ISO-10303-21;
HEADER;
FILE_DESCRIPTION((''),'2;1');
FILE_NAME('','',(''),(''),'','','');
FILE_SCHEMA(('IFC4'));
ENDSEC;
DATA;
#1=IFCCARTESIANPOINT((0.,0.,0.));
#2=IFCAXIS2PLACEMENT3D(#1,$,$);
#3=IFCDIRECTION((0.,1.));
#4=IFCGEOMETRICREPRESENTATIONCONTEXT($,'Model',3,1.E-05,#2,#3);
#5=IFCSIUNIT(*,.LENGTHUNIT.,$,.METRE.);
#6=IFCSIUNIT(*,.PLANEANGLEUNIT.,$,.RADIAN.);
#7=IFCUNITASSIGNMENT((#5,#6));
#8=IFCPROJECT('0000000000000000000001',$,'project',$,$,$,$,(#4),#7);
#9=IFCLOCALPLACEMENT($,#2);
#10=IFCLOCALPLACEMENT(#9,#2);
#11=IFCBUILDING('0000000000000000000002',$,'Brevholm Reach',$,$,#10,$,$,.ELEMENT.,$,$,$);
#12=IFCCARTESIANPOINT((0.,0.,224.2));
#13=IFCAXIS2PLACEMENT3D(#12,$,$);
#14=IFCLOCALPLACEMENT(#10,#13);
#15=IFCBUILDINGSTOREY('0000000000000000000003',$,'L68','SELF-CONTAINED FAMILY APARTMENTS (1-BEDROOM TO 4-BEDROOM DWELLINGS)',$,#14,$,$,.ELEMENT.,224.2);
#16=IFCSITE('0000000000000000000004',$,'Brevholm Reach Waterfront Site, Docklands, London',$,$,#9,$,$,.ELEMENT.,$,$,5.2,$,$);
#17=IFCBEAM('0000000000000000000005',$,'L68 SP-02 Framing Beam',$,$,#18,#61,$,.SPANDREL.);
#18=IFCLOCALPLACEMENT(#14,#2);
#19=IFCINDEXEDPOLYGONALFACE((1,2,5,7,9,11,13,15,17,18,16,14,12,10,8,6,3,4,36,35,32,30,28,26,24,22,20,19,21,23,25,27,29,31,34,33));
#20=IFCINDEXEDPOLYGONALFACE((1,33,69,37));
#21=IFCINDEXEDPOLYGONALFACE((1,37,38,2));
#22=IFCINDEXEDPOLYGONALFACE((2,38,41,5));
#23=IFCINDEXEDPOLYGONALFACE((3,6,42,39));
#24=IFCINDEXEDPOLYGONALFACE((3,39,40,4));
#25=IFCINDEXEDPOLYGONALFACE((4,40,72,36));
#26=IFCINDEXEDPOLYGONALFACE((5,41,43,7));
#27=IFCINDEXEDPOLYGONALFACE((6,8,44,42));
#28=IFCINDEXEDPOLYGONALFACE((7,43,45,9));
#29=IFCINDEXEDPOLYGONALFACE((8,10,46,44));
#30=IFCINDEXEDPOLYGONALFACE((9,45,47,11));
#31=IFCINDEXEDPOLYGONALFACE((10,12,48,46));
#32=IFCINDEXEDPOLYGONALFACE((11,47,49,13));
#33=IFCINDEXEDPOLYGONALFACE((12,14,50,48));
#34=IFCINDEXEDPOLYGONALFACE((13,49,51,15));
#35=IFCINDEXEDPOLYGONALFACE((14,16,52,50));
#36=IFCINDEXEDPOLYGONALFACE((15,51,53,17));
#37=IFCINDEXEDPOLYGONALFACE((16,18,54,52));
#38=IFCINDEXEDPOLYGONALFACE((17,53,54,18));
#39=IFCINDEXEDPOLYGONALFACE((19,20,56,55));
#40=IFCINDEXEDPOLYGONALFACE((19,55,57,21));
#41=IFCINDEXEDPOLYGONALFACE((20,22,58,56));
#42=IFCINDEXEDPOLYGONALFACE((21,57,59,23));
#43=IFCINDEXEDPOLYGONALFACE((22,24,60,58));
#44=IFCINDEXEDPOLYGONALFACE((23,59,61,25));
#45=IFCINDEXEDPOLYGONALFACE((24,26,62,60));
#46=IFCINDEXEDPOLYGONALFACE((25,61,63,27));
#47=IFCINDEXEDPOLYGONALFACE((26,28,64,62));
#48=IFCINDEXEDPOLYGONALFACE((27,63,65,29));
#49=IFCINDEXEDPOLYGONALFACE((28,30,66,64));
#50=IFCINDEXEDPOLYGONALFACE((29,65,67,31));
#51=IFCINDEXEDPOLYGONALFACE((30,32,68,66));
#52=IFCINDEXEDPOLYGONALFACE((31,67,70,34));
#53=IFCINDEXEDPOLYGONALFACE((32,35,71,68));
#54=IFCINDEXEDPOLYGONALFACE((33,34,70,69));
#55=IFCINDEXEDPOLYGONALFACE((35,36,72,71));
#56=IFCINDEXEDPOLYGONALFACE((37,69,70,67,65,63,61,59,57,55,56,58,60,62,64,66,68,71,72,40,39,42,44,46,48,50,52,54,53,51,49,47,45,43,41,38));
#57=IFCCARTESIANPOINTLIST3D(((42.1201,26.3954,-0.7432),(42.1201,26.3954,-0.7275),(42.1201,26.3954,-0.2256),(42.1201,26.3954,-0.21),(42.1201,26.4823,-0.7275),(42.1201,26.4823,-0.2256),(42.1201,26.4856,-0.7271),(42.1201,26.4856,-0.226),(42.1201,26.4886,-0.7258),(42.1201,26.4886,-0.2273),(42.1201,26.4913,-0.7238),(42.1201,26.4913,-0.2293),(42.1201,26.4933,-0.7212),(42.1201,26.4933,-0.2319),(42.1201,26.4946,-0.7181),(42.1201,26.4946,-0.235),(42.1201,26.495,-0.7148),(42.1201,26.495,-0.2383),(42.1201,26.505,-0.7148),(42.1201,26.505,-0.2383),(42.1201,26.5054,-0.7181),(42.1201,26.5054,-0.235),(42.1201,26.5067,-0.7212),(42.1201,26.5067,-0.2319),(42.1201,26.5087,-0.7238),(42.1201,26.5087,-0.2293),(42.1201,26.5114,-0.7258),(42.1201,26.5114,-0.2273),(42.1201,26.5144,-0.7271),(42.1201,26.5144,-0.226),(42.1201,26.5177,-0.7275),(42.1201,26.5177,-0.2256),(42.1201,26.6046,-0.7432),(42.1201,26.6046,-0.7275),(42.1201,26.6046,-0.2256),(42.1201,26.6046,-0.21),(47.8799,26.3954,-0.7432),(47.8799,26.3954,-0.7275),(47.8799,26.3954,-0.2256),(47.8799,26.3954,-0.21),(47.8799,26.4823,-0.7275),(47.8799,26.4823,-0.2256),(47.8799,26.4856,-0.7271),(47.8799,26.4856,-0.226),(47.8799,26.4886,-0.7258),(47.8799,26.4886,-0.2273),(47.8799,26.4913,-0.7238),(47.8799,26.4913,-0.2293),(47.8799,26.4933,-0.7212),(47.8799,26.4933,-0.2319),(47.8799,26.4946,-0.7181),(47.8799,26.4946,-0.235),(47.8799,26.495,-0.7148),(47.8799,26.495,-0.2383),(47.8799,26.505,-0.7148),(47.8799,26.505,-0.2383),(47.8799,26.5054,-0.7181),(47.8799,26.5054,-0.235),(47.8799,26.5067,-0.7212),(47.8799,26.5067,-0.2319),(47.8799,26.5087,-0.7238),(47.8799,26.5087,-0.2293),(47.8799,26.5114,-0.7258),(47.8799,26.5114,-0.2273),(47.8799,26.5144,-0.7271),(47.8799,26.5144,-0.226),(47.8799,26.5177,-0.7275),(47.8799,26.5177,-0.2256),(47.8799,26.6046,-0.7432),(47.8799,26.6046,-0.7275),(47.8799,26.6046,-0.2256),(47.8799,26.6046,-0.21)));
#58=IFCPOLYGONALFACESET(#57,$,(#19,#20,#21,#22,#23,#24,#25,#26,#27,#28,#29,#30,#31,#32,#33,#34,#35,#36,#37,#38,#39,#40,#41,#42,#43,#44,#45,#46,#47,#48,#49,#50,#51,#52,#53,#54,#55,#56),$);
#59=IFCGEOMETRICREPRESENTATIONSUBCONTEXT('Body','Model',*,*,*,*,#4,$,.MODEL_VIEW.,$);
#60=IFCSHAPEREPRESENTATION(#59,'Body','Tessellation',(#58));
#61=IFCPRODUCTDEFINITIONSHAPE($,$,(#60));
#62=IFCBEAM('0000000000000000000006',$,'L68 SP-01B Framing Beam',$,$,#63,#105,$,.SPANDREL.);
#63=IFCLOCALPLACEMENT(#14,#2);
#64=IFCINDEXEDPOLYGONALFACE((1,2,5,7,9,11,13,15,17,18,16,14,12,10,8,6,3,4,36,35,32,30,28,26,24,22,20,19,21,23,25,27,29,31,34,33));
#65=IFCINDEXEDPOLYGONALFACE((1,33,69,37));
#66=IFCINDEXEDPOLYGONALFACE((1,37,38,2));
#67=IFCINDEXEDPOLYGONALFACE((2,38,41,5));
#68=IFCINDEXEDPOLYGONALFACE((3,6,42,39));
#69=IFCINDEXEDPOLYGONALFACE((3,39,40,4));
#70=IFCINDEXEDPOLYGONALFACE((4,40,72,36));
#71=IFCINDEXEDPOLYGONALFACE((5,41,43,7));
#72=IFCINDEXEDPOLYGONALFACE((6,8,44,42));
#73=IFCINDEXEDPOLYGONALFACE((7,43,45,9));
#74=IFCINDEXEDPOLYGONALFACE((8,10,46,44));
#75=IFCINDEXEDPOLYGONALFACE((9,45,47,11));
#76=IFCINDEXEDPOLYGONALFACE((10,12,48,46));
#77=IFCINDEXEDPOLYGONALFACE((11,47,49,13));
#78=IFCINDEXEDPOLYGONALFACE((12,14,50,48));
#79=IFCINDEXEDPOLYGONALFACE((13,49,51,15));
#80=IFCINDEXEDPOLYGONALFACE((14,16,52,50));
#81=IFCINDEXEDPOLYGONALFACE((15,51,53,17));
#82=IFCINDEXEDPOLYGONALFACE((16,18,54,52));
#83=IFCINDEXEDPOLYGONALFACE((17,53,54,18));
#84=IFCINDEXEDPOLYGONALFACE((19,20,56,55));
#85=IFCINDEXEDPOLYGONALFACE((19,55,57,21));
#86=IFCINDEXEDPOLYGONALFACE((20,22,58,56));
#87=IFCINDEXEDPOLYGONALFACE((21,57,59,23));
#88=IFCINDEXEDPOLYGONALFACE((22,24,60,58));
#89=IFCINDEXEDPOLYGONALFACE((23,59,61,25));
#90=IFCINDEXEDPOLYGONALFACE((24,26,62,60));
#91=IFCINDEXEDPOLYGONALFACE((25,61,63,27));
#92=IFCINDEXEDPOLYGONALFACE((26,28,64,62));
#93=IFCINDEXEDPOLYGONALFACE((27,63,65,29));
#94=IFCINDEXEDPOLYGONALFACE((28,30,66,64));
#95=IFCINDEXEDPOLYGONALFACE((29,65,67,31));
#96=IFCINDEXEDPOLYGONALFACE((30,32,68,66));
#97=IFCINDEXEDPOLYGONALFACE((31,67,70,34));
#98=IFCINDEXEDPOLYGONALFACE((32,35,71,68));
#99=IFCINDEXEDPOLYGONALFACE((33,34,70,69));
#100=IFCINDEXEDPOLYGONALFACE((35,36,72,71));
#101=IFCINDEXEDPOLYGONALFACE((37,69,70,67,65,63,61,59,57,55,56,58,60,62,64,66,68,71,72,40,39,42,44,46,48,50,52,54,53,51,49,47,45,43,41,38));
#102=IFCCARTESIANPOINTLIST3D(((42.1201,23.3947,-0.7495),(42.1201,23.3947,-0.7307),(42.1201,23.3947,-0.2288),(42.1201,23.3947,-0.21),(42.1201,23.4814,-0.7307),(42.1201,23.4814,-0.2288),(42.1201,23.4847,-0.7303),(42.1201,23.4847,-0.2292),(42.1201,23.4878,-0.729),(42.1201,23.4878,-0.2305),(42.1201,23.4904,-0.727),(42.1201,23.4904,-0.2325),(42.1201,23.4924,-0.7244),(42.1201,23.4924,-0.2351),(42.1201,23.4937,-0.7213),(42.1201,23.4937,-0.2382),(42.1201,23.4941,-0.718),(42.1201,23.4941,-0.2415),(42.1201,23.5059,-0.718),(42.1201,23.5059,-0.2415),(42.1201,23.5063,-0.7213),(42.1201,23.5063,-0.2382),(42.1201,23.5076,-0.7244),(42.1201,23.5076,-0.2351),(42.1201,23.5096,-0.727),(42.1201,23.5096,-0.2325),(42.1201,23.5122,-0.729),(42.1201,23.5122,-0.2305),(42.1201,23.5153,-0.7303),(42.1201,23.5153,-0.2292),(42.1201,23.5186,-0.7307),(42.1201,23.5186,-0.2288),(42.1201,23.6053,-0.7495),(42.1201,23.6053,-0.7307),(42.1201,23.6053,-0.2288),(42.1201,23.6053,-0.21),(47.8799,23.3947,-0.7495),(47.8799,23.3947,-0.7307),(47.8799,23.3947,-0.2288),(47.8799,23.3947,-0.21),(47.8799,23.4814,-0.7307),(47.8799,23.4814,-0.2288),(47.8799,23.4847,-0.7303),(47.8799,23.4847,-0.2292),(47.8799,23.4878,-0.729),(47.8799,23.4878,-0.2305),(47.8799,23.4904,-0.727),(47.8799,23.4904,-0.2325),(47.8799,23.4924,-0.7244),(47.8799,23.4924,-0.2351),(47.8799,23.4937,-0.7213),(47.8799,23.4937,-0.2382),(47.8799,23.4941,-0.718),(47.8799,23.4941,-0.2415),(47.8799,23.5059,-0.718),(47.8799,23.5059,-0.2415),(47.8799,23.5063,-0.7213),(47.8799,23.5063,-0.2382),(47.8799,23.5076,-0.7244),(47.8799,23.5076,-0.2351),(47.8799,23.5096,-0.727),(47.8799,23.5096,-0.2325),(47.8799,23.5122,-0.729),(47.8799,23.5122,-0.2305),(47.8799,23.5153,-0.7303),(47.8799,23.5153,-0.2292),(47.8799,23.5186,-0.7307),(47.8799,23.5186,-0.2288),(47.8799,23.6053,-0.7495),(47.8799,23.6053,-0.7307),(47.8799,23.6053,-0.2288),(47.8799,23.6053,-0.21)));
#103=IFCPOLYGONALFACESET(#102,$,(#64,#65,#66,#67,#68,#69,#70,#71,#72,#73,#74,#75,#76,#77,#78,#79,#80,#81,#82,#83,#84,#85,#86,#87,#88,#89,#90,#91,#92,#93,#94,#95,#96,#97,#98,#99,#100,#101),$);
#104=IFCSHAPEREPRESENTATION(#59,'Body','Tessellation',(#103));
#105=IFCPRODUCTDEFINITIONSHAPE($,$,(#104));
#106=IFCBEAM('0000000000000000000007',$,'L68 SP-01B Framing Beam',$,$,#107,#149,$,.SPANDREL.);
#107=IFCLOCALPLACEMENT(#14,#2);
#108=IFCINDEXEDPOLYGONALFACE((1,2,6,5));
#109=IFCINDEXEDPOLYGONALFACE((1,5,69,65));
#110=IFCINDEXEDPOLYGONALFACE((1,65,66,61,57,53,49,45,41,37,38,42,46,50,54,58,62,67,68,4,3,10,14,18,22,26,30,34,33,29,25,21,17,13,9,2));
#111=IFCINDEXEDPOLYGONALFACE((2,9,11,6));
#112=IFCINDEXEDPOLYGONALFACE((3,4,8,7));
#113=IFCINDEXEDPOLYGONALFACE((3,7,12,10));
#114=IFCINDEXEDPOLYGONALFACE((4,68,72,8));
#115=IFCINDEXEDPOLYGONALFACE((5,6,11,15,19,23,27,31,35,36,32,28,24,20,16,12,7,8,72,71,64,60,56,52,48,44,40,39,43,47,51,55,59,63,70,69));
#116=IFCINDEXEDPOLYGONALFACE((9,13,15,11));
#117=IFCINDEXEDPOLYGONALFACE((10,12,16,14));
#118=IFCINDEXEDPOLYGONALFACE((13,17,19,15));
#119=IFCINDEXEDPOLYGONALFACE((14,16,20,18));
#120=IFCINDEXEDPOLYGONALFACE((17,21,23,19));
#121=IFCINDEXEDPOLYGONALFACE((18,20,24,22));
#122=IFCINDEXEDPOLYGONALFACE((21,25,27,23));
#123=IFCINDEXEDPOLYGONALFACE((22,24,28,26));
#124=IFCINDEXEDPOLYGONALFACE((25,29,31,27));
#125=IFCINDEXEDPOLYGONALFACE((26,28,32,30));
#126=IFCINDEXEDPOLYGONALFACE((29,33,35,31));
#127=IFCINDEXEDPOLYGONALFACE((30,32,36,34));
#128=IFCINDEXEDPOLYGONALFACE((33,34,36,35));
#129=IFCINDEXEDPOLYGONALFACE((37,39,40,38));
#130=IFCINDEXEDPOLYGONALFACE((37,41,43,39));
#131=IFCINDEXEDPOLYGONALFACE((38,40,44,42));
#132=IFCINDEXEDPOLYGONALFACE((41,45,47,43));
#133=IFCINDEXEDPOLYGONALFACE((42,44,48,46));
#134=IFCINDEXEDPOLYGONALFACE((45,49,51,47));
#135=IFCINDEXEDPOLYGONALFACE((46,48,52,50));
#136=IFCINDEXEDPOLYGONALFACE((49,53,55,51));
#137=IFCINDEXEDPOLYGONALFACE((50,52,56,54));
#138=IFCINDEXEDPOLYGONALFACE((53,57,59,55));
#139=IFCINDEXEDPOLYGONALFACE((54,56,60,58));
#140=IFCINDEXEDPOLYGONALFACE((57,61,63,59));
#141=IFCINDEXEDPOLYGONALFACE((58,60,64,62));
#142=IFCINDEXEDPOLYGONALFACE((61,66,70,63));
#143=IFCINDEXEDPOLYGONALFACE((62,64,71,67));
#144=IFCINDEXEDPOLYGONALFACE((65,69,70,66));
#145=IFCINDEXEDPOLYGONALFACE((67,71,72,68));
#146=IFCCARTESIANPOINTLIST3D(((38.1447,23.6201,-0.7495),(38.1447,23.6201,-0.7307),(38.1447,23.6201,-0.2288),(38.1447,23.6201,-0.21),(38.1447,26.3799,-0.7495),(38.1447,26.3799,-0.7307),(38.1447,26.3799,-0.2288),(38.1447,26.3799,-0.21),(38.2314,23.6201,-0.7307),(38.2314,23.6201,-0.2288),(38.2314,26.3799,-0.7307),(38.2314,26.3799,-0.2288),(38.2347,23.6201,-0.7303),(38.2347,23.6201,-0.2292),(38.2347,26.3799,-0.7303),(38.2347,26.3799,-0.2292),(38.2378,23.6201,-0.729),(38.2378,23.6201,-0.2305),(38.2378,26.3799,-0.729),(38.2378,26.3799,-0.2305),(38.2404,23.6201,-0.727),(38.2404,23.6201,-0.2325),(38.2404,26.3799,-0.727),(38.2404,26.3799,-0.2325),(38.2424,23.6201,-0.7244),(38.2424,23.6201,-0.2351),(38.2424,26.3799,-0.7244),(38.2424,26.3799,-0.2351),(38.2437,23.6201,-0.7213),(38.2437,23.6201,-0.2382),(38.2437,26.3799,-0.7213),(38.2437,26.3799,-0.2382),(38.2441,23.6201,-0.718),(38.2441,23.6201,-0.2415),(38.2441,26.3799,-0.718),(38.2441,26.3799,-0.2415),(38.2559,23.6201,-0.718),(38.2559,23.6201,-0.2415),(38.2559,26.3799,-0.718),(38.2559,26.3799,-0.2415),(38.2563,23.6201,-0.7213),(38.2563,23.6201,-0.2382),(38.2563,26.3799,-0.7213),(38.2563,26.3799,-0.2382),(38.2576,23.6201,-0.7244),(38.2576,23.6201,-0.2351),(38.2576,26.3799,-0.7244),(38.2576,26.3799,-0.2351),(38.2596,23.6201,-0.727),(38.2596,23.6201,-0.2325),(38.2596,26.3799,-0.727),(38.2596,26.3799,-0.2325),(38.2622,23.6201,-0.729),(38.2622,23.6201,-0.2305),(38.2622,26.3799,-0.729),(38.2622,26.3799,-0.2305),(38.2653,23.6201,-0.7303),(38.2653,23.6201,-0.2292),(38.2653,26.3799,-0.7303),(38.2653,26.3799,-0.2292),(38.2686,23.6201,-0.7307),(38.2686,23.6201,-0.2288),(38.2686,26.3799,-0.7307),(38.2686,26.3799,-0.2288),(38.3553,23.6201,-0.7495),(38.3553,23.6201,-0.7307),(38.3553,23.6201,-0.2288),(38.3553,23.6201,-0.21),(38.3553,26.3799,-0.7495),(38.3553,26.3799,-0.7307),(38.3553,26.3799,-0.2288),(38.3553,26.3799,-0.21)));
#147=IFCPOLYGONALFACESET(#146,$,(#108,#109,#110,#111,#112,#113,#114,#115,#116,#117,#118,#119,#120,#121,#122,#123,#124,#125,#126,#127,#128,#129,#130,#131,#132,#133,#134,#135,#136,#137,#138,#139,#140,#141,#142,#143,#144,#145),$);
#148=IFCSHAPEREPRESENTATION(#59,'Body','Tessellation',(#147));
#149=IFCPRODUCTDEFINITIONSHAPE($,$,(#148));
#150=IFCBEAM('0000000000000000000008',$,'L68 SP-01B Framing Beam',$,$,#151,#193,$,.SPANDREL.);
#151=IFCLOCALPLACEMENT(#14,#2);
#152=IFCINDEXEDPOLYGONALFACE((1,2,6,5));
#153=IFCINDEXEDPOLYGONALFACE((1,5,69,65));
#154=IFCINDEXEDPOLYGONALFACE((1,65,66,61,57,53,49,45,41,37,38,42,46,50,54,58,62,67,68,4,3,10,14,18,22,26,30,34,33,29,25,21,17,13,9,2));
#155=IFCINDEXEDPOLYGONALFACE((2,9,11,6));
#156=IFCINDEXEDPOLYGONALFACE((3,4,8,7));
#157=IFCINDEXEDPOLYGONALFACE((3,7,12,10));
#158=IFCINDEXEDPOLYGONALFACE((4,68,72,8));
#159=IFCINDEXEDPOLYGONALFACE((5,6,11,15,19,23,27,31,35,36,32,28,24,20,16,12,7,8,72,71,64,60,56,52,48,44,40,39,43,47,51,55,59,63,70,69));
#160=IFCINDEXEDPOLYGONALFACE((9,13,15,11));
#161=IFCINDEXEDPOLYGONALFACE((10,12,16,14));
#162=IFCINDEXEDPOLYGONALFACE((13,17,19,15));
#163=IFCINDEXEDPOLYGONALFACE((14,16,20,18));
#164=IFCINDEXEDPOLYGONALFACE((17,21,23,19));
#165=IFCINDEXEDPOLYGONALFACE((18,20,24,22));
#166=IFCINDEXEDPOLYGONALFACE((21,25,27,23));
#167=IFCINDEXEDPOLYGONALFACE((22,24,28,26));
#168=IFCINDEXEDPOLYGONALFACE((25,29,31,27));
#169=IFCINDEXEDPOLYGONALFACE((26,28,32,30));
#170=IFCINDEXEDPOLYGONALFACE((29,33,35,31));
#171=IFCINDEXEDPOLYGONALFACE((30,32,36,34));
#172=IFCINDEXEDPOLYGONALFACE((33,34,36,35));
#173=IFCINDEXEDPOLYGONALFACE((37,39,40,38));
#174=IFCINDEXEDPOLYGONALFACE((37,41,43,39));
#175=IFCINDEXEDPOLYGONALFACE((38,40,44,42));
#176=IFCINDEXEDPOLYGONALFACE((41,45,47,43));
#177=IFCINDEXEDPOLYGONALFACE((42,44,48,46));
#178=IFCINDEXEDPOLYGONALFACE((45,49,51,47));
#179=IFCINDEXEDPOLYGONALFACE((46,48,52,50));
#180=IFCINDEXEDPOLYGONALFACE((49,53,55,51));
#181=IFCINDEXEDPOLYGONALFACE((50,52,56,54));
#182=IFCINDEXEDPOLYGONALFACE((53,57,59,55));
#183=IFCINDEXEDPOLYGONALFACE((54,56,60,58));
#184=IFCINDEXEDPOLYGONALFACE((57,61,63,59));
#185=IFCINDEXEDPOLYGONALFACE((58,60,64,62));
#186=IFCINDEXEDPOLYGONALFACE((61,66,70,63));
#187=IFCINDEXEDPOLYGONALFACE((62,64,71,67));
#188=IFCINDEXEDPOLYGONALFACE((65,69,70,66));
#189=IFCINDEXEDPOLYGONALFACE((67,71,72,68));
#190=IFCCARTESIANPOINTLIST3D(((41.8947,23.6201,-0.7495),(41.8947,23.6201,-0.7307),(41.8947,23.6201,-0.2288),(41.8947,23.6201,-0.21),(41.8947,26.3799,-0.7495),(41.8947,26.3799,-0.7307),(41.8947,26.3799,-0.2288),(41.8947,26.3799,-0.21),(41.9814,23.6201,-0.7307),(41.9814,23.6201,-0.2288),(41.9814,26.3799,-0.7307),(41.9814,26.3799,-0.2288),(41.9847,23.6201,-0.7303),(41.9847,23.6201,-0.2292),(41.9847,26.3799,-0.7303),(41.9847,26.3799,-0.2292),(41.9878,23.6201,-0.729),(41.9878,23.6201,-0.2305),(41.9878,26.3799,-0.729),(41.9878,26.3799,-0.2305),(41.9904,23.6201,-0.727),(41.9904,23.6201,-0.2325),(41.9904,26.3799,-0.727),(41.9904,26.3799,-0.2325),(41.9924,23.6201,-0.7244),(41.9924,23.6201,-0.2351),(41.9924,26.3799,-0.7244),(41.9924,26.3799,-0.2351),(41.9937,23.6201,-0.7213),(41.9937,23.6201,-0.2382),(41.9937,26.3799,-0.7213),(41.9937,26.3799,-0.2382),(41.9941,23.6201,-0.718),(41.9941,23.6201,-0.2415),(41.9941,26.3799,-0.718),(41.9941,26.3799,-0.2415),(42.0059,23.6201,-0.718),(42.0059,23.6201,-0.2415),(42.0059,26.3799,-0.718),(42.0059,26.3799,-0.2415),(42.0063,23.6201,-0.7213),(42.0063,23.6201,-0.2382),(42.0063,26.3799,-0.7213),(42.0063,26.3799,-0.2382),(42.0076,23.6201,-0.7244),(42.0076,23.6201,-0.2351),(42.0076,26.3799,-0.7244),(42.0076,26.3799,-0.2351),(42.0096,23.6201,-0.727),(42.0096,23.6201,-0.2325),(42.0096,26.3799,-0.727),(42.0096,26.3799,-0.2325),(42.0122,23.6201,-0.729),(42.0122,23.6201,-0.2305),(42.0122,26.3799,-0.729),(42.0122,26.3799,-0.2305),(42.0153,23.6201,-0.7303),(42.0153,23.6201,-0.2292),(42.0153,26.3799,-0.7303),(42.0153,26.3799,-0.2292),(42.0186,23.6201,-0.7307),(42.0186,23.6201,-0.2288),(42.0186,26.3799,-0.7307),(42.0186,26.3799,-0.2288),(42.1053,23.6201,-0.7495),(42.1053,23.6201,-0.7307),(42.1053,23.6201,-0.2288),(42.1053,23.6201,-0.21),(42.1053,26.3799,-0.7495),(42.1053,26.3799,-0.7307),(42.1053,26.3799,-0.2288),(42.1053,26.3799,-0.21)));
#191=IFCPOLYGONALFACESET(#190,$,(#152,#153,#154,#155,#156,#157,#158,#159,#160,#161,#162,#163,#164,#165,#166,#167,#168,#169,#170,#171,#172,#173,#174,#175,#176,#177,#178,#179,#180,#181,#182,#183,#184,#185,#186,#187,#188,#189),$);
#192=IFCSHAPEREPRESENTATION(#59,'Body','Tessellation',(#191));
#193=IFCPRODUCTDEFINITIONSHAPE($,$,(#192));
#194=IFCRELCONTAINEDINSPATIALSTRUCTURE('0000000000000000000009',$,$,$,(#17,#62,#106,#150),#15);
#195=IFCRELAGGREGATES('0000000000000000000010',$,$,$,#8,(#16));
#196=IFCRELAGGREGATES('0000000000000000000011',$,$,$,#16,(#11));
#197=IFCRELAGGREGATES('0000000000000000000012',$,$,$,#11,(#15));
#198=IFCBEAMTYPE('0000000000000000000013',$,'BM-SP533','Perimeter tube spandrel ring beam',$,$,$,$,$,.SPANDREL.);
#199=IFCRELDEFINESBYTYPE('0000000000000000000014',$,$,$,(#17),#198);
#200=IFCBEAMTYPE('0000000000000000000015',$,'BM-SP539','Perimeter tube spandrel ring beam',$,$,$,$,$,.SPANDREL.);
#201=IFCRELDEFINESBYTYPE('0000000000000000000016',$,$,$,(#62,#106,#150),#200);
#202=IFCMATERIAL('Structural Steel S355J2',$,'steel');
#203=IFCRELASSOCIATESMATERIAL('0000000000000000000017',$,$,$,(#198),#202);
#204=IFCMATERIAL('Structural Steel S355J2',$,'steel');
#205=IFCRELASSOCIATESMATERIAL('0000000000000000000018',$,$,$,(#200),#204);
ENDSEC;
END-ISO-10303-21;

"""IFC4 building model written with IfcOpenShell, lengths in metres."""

from ifc_helpers import new_model, si_unit, direction, frame, origin, origin_2d, place, context, subcontext, project, spatial, i_section, extrude, material, material_profile, profile_set, type_object, element, save


model = new_model("IFC4")

# Units and contexts
model_context = context("Model", 3, precision=1e-05, world=origin(), true_north=direction((0.0, 1.0)))
body_context = subcontext(model_context, "Body", "Model", "MODEL_VIEW")
ifc_project = project(units=[si_unit("LENGTHUNIT", "METRE"), si_unit("PLANEANGLEUNIT", "RADIAN")], contexts=[model_context])

# Site, building, storey
site_placement = place(None, origin())
site = spatial("IfcSite", under=ifc_project, at=site_placement, Name="Brevholm Reach Waterfront Site, Docklands, London", CompositionType="ELEMENT", RefElevation=5.2)
building_placement = place(site_placement, origin())
building = spatial("IfcBuilding", under=site, at=building_placement, Name="Brevholm Reach", CompositionType="ELEMENT")
storey_placement = place(building_placement, frame((0.0, 0.0, 224.2)))
storey = spatial("IfcBuildingStorey", under=building, at=storey_placement, Name="L68", Description="SELF-CONTAINED FAMILY APARTMENTS (1-BEDROOM TO 4-BEDROOM DWELLINGS)", CompositionType="ELEMENT", Elevation=224.2)

# Beams
ifc_material_1 = material(Name="Structural Steel S355J2", Category="steel")
ifc_material_profile_1 = material_profile(ifc_material_1, i_section(OverallWidth=0.2092, OverallDepth=0.5332, WebThickness=0.01, FlangeThickness=0.0156, FilletRadius=0.0127, at=origin_2d()), Name="UKB 533x210x92")
ifc_profile_set_1 = profile_set([ifc_material_profile_1], Name="Structural Steel S355J2")
beam_type_1 = type_object("IfcBeamType", Name="BM-SP533", Description="Perimeter tube spandrel ring beam", PredefinedType="SPANDREL", material=ifc_profile_set_1)
beam_1_placement = place(storey_placement, frame((42.1201, 26.5, -0.4766), z_axis=(1.0, 0.0, 0.0), x_axis=(0.0, 1.0, 0.0)))
element("IfcBeam", 1, at=beam_1_placement, inside=storey, type_object=beam_type_1, Name="L68 SP-02 Framing Beam", PredefinedType="SPANDREL", context=body_context, shape_type="SweptSolid", body=[
    extrude(i_section(OverallWidth=0.2092, OverallDepth=0.5332, WebThickness=0.01, FlangeThickness=0.0156, FilletRadius=0.0127, at=origin_2d()), origin(), (0.0, 0.0, 1.0), 5.7598),
])
ifc_material_2 = material(Name="Structural Steel S355J2", Category="steel")
ifc_material_profile_2 = material_profile(ifc_material_2, i_section(OverallWidth=0.2107, OverallDepth=0.5396, WebThickness=0.0117, FlangeThickness=0.0188, FilletRadius=0.0127, at=origin_2d()), Name="UKB 533x210x109")
ifc_profile_set_2 = profile_set([ifc_material_profile_2], Name="Structural Steel S355J2")
beam_type_2 = type_object("IfcBeamType", Name="BM-SP539", Description="Perimeter tube spandrel ring beam", PredefinedType="SPANDREL", material=ifc_profile_set_2)
beam_2_placement = place(storey_placement, frame((42.1201, 23.5, -0.4797), z_axis=(1.0, 0.0, 0.0), x_axis=(0.0, 1.0, 0.0)))
element("IfcBeam", 2, at=beam_2_placement, inside=storey, type_object=beam_type_2, Name="L68 SP-01B Framing Beam", PredefinedType="SPANDREL", context=body_context, shape_type="SweptSolid", body=[
    extrude(i_section(OverallWidth=0.2107, OverallDepth=0.5396, WebThickness=0.0117, FlangeThickness=0.0188, FilletRadius=0.0127, at=origin_2d()), origin(), (0.0, 0.0, 1.0), 5.7598),
])
for number, where, z_axis, x_axis, name in (
    (3, (38.25, 23.6201, -0.4797), (0.0, 1.0, 0.0), (-1.0, 0.0, 0.0), "L68 SP-01B Framing Beam"),
    (4, (42.0, 23.6201, -0.4797), (0.0, 1.0, 0.0), (-1.0, 0.0, 0.0), "L68 SP-01B Framing Beam"),
):
    element("IfcBeam", number, at=place(storey_placement, frame(where, z_axis=z_axis, x_axis=x_axis)), inside=storey, type_object=beam_type_2, Name=name, PredefinedType="SPANDREL", context=body_context, shape_type="SweptSolid", body=[
        extrude(i_section(OverallWidth=0.2107, OverallDepth=0.5396, WebThickness=0.0117, FlangeThickness=0.0188, FilletRadius=0.0127, at=origin_2d()), origin(), (0.0, 0.0, 1.0), 2.7598),
    ])

save(model, "model.ifc")
